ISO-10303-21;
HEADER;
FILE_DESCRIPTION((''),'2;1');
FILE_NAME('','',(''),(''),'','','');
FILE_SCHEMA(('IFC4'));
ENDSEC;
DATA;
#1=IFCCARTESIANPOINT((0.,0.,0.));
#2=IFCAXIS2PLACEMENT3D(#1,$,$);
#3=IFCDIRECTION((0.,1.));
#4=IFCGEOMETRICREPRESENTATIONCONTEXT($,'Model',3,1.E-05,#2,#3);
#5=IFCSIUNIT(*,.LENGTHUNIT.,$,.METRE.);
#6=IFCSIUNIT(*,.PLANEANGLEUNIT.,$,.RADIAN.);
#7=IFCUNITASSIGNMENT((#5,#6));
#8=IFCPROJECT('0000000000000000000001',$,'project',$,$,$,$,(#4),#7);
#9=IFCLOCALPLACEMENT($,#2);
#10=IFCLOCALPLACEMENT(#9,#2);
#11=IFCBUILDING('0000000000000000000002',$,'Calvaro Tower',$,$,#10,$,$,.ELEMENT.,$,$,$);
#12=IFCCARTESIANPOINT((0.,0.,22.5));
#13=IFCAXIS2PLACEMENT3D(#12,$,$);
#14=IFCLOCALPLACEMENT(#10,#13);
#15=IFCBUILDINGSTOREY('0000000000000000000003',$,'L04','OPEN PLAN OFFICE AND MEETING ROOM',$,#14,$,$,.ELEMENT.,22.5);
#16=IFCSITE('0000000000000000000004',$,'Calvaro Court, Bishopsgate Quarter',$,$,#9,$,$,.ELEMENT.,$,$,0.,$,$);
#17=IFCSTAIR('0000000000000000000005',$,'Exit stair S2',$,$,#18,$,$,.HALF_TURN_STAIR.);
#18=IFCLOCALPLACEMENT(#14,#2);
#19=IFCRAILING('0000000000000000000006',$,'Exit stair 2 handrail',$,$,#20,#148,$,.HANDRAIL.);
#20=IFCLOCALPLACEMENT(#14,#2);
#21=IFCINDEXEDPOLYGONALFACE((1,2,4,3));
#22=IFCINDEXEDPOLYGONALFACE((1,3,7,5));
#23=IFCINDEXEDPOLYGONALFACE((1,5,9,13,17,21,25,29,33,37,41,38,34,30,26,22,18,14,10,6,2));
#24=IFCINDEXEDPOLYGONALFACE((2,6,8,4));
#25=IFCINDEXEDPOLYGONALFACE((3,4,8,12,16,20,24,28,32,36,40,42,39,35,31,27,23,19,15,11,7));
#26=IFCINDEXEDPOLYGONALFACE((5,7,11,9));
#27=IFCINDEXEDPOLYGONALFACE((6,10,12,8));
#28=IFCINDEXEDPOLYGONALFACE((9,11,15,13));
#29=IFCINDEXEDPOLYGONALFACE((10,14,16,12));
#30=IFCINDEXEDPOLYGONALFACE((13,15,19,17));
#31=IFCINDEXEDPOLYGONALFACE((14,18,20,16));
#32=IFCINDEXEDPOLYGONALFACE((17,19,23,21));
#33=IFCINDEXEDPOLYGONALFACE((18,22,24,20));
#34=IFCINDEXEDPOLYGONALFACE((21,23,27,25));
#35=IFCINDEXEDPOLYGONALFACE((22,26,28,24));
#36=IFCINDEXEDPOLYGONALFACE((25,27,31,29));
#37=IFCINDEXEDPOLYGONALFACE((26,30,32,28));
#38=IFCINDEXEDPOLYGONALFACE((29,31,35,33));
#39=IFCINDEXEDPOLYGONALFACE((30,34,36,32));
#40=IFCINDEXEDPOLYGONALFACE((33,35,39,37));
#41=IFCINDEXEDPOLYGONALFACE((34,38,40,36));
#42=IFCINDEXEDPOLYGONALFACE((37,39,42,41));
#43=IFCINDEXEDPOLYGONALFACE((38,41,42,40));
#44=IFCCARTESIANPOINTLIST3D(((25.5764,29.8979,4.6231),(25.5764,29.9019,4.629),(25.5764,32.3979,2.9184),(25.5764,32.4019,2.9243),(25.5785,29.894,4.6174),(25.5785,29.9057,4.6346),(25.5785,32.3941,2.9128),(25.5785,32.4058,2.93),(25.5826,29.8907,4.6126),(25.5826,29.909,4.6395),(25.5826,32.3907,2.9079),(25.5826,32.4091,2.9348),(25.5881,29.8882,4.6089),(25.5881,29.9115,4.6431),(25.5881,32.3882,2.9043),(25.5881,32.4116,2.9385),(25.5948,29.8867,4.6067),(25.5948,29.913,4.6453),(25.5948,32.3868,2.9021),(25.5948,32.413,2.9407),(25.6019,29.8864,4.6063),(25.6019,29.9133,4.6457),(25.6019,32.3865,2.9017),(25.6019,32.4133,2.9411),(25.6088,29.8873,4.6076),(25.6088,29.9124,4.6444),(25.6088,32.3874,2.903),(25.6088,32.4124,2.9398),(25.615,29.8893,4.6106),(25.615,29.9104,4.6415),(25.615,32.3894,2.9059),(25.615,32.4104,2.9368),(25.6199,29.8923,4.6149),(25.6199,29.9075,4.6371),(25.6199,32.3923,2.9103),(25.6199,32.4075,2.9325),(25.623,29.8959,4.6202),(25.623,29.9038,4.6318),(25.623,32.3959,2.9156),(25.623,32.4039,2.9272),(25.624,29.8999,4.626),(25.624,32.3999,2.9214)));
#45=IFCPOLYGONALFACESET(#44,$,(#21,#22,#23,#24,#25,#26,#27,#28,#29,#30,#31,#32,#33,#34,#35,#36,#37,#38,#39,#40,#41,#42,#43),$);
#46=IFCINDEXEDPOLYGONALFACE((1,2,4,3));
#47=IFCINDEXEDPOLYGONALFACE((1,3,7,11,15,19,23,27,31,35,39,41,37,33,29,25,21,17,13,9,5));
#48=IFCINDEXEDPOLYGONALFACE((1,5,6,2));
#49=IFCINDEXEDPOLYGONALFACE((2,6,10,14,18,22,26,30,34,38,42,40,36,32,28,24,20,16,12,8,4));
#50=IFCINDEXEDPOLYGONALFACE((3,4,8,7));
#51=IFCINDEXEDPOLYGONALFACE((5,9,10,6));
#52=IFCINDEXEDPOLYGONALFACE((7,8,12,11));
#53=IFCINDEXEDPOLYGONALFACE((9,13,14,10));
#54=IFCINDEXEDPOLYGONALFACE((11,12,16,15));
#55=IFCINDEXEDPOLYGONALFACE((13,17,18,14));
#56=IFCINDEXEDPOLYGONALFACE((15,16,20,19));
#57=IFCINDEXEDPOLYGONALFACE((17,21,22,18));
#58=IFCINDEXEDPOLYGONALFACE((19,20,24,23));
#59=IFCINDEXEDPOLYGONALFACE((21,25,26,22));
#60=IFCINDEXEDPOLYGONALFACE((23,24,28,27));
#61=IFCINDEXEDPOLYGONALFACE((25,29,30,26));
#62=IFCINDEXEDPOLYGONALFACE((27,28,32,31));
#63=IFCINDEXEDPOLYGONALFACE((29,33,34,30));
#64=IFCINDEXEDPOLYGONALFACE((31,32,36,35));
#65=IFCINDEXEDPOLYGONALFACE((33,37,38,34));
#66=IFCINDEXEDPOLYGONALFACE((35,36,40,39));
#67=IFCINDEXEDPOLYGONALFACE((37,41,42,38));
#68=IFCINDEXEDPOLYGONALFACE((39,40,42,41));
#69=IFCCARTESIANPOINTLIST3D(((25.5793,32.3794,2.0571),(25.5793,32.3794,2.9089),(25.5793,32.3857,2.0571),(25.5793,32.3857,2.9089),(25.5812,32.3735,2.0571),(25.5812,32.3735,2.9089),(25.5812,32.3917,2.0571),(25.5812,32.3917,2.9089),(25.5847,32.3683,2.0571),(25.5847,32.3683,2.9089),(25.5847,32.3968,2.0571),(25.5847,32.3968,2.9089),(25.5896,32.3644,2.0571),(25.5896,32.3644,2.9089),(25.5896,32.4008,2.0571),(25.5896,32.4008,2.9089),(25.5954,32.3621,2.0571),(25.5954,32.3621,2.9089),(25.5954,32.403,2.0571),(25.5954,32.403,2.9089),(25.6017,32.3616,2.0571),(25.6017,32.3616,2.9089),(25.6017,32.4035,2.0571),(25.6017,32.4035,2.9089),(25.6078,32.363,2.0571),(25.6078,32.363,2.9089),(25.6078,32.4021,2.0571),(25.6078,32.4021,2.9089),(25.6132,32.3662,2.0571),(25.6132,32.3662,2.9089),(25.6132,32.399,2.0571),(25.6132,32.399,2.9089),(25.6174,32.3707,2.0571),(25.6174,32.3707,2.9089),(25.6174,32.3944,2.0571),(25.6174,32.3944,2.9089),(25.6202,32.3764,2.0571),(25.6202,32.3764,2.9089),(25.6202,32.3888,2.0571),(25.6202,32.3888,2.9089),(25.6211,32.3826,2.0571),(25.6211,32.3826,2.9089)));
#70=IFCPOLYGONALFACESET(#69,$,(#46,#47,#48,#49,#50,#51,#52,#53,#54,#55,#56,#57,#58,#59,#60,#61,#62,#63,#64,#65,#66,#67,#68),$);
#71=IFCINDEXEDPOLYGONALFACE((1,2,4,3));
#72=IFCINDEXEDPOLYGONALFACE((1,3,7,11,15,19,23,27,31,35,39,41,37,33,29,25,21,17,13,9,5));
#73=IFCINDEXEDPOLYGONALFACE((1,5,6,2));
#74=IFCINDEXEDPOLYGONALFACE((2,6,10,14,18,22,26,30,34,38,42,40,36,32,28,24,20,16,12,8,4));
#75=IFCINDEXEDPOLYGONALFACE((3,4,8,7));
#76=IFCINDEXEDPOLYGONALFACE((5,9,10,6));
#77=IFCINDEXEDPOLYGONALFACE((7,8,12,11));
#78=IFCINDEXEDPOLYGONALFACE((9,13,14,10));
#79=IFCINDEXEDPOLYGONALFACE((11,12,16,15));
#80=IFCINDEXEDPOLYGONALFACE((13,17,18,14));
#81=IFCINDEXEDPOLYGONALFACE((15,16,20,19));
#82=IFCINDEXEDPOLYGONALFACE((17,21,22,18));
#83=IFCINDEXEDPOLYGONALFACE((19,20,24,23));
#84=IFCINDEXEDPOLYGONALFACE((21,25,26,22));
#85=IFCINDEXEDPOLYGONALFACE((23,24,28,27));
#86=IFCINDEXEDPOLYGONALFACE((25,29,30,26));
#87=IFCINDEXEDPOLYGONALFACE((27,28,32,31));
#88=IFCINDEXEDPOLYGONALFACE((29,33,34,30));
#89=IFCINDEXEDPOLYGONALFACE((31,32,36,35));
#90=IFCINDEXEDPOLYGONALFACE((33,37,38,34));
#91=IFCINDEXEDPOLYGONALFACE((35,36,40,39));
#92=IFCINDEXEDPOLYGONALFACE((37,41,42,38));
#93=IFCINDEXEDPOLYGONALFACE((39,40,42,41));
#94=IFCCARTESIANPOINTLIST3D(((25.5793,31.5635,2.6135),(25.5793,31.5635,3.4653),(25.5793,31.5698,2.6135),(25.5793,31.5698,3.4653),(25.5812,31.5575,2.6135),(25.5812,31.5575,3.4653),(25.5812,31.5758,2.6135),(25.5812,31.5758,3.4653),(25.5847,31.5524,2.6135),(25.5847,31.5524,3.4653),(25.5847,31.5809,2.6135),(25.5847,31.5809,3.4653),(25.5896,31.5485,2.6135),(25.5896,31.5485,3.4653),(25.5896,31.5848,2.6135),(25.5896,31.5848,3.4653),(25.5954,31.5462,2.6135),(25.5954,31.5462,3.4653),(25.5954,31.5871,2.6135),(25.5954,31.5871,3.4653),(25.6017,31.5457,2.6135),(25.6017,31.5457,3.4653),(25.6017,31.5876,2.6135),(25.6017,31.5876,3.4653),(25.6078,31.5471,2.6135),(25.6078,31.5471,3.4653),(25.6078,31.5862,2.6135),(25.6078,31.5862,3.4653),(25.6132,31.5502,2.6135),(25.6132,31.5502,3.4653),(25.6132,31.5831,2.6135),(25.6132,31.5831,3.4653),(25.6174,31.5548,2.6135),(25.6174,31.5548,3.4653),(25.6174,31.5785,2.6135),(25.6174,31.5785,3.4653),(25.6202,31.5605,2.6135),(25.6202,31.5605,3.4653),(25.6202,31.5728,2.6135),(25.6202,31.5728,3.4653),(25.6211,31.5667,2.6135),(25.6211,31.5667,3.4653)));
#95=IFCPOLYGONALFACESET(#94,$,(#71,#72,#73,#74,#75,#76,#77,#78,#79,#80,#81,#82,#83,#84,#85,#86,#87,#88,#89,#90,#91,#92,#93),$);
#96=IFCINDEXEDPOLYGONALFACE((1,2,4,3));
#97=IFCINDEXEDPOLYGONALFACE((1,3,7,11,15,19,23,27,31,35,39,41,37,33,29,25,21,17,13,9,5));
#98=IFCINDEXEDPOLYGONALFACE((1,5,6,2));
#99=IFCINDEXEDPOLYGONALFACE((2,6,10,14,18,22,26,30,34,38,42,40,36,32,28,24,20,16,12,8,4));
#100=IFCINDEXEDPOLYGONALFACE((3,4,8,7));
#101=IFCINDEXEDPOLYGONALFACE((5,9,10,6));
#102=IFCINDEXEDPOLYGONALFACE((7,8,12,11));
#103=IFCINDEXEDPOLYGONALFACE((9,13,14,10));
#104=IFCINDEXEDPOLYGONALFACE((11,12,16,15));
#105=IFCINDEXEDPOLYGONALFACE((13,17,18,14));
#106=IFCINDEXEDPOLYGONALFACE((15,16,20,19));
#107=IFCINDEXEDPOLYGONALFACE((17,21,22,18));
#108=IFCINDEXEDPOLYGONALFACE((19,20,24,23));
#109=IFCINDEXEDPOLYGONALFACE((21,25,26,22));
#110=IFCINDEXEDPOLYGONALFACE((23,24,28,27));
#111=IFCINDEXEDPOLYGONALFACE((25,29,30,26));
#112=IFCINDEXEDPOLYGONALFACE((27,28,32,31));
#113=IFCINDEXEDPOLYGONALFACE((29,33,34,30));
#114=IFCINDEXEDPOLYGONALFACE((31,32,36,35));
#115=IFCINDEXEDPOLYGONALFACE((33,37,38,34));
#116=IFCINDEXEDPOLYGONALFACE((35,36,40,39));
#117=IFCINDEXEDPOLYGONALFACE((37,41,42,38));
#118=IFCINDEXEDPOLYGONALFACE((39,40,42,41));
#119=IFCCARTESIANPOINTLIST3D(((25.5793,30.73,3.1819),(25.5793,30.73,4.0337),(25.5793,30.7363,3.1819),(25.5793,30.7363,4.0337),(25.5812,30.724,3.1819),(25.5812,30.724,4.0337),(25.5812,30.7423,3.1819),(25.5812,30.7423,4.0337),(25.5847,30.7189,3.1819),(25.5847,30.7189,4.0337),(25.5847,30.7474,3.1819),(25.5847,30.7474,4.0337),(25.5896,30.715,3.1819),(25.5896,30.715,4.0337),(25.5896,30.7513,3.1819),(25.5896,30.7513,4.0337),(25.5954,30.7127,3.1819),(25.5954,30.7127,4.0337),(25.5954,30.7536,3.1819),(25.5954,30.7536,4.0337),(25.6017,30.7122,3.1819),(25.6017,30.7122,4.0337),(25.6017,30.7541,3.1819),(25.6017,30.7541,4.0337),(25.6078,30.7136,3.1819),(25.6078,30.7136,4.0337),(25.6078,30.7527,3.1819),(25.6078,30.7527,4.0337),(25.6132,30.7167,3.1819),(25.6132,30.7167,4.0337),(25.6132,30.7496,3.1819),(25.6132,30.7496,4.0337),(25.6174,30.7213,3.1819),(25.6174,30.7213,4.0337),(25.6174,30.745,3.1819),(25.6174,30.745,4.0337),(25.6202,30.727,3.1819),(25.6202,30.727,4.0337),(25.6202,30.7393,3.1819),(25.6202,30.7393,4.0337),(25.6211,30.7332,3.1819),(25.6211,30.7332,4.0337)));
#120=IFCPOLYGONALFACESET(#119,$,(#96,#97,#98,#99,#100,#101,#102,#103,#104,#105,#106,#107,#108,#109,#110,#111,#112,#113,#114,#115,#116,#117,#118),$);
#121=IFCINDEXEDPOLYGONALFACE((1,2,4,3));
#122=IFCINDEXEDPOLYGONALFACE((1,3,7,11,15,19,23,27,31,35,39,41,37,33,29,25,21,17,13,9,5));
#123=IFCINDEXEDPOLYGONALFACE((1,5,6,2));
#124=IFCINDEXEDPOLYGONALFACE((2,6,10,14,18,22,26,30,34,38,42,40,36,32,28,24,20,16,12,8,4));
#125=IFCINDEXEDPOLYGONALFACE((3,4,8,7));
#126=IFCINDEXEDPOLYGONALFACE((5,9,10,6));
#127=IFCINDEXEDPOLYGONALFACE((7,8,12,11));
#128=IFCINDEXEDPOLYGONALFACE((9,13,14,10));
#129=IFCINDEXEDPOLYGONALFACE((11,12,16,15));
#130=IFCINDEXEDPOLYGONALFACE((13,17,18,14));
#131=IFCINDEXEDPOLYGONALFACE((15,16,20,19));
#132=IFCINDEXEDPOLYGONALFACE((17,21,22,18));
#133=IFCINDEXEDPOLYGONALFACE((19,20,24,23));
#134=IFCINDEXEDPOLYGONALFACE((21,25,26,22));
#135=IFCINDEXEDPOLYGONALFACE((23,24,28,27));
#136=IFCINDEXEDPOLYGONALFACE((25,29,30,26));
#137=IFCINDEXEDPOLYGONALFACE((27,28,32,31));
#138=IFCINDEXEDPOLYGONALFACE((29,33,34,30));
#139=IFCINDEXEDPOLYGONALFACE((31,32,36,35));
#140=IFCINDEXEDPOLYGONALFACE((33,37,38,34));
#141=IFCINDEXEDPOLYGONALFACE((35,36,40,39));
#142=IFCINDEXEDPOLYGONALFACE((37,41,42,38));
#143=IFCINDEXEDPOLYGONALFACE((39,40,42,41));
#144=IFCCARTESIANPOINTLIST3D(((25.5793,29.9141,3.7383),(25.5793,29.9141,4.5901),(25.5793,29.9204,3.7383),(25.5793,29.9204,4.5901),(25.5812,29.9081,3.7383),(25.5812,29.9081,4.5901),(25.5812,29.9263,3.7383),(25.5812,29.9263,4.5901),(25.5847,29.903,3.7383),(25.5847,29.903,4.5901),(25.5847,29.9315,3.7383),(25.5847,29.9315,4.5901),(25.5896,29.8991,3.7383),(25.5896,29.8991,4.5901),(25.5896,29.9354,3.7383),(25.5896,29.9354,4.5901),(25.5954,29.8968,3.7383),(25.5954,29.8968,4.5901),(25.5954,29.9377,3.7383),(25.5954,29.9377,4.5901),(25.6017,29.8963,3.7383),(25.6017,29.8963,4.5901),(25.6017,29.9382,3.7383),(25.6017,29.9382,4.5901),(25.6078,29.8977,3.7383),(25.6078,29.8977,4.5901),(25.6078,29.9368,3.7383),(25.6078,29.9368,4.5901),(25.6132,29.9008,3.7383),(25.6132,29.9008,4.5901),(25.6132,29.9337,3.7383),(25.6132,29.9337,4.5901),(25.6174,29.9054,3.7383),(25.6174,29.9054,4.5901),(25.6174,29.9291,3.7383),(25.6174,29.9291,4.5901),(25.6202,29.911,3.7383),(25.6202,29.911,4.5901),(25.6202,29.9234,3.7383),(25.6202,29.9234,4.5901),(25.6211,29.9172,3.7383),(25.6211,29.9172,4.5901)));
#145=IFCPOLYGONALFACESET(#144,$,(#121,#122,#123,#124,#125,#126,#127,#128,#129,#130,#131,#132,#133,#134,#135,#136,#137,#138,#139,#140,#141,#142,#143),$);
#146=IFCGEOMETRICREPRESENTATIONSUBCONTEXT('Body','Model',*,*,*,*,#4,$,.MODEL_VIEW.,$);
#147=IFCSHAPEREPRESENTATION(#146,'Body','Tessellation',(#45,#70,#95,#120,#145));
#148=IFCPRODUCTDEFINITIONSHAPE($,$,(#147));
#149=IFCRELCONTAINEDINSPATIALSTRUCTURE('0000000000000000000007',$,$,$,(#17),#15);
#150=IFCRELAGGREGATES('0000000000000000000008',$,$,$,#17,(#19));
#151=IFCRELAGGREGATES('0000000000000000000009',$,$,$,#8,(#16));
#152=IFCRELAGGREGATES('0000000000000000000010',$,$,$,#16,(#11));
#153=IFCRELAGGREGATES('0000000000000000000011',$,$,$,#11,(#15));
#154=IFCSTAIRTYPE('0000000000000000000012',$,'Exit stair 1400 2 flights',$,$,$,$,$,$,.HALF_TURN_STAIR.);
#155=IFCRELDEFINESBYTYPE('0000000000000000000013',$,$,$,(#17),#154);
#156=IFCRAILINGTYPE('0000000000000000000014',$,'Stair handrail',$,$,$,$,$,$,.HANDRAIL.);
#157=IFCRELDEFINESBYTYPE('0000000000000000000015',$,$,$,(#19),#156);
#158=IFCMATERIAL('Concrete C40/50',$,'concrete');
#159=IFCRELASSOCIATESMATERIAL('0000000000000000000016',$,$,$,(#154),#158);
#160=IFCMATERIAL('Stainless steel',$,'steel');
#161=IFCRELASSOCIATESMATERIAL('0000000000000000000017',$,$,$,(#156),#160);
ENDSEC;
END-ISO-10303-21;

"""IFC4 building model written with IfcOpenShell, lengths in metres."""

from ifc_helpers import new_model, si_unit, direction, frame, origin, origin_2d, place, context, subcontext, project, spatial, circle, extrude, material, type_object, element, aggregate, save


model = new_model("IFC4")

# Units and contexts
model_context = context("Model", 3, precision=1e-05, world=origin(), true_north=direction((0.0, 1.0)))
body_context = subcontext(model_context, "Body", "Model", "MODEL_VIEW")
ifc_project = project(units=[si_unit("LENGTHUNIT", "METRE"), si_unit("PLANEANGLEUNIT", "RADIAN")], contexts=[model_context])

# Site, building, storey
site_placement = place(None, origin())
site = spatial("IfcSite", under=ifc_project, at=site_placement, Name="Calvaro Court, Bishopsgate Quarter", CompositionType="ELEMENT", RefElevation=0.0)
building_placement = place(site_placement, origin())
building = spatial("IfcBuilding", under=site, at=building_placement, Name="Calvaro Tower", CompositionType="ELEMENT")
storey_placement = place(building_placement, frame((0.0, 0.0, 22.5)))
storey = spatial("IfcBuildingStorey", under=building, at=storey_placement, Name="L04", Description="OPEN PLAN OFFICE AND MEETING ROOM", CompositionType="ELEMENT", Elevation=22.5)

# Stair, railing
ifc_material_1 = material(Name="Concrete C40/50", Category="concrete")
stair_type = type_object("IfcStairType", Name="Exit stair 1400 2 flights", PredefinedType="HALF_TURN_STAIR", material=ifc_material_1)
stair_placement = place(storey_placement, origin())
stair = element("IfcStair", 1, at=stair_placement, inside=storey, type_object=stair_type, Name="Exit stair S2", PredefinedType="HALF_TURN_STAIR")
ifc_material_2 = material(Name="Stainless steel", Category="steel")
railing_type = type_object("IfcRailingType", Name="Stair handrail", PredefinedType="HANDRAIL", material=ifc_material_2)
railing_1_placement = place(storey_placement, frame((25.6001, 32.3999, 2.0454)))
railing_1 = element("IfcRailing", 2, at=railing_1_placement, type_object=railing_type, Name="Exit stair 2 handrail", PredefinedType="HANDRAIL", context=body_context, shape_type="SweptSolid", body=[
    extrude(circle(Radius=0.0239, at=origin_2d()), frame((0.0, 0.0, 0.876), z_axis=(0.0, -0.826221, 0.563347), x_axis=(1.0, 0.0, 0.0)), (0.0, 0.0, 1.0), 3.0259),
    extrude(circle(Radius=0.021, at=origin_2d()), frame((0.0, -0.0173, 0.0117)), (0.0, 0.0, 1.0), 0.8518),
    extrude(circle(Radius=0.021, at=origin_2d()), frame((0.0, -0.8333, 0.5681)), (0.0, 0.0, 1.0), 0.8518),
    extrude(circle(Radius=0.021, at=origin_2d()), frame((0.0, -1.6667, 1.1365)), (0.0, 0.0, 1.0), 0.8518),
    extrude(circle(Radius=0.021, at=origin_2d()), frame((0.0, -2.4827, 1.6929)), (0.0, 0.0, 1.0), 0.8518),
])
aggregate(stair, [railing_1])

save(model, "model.ifc")
